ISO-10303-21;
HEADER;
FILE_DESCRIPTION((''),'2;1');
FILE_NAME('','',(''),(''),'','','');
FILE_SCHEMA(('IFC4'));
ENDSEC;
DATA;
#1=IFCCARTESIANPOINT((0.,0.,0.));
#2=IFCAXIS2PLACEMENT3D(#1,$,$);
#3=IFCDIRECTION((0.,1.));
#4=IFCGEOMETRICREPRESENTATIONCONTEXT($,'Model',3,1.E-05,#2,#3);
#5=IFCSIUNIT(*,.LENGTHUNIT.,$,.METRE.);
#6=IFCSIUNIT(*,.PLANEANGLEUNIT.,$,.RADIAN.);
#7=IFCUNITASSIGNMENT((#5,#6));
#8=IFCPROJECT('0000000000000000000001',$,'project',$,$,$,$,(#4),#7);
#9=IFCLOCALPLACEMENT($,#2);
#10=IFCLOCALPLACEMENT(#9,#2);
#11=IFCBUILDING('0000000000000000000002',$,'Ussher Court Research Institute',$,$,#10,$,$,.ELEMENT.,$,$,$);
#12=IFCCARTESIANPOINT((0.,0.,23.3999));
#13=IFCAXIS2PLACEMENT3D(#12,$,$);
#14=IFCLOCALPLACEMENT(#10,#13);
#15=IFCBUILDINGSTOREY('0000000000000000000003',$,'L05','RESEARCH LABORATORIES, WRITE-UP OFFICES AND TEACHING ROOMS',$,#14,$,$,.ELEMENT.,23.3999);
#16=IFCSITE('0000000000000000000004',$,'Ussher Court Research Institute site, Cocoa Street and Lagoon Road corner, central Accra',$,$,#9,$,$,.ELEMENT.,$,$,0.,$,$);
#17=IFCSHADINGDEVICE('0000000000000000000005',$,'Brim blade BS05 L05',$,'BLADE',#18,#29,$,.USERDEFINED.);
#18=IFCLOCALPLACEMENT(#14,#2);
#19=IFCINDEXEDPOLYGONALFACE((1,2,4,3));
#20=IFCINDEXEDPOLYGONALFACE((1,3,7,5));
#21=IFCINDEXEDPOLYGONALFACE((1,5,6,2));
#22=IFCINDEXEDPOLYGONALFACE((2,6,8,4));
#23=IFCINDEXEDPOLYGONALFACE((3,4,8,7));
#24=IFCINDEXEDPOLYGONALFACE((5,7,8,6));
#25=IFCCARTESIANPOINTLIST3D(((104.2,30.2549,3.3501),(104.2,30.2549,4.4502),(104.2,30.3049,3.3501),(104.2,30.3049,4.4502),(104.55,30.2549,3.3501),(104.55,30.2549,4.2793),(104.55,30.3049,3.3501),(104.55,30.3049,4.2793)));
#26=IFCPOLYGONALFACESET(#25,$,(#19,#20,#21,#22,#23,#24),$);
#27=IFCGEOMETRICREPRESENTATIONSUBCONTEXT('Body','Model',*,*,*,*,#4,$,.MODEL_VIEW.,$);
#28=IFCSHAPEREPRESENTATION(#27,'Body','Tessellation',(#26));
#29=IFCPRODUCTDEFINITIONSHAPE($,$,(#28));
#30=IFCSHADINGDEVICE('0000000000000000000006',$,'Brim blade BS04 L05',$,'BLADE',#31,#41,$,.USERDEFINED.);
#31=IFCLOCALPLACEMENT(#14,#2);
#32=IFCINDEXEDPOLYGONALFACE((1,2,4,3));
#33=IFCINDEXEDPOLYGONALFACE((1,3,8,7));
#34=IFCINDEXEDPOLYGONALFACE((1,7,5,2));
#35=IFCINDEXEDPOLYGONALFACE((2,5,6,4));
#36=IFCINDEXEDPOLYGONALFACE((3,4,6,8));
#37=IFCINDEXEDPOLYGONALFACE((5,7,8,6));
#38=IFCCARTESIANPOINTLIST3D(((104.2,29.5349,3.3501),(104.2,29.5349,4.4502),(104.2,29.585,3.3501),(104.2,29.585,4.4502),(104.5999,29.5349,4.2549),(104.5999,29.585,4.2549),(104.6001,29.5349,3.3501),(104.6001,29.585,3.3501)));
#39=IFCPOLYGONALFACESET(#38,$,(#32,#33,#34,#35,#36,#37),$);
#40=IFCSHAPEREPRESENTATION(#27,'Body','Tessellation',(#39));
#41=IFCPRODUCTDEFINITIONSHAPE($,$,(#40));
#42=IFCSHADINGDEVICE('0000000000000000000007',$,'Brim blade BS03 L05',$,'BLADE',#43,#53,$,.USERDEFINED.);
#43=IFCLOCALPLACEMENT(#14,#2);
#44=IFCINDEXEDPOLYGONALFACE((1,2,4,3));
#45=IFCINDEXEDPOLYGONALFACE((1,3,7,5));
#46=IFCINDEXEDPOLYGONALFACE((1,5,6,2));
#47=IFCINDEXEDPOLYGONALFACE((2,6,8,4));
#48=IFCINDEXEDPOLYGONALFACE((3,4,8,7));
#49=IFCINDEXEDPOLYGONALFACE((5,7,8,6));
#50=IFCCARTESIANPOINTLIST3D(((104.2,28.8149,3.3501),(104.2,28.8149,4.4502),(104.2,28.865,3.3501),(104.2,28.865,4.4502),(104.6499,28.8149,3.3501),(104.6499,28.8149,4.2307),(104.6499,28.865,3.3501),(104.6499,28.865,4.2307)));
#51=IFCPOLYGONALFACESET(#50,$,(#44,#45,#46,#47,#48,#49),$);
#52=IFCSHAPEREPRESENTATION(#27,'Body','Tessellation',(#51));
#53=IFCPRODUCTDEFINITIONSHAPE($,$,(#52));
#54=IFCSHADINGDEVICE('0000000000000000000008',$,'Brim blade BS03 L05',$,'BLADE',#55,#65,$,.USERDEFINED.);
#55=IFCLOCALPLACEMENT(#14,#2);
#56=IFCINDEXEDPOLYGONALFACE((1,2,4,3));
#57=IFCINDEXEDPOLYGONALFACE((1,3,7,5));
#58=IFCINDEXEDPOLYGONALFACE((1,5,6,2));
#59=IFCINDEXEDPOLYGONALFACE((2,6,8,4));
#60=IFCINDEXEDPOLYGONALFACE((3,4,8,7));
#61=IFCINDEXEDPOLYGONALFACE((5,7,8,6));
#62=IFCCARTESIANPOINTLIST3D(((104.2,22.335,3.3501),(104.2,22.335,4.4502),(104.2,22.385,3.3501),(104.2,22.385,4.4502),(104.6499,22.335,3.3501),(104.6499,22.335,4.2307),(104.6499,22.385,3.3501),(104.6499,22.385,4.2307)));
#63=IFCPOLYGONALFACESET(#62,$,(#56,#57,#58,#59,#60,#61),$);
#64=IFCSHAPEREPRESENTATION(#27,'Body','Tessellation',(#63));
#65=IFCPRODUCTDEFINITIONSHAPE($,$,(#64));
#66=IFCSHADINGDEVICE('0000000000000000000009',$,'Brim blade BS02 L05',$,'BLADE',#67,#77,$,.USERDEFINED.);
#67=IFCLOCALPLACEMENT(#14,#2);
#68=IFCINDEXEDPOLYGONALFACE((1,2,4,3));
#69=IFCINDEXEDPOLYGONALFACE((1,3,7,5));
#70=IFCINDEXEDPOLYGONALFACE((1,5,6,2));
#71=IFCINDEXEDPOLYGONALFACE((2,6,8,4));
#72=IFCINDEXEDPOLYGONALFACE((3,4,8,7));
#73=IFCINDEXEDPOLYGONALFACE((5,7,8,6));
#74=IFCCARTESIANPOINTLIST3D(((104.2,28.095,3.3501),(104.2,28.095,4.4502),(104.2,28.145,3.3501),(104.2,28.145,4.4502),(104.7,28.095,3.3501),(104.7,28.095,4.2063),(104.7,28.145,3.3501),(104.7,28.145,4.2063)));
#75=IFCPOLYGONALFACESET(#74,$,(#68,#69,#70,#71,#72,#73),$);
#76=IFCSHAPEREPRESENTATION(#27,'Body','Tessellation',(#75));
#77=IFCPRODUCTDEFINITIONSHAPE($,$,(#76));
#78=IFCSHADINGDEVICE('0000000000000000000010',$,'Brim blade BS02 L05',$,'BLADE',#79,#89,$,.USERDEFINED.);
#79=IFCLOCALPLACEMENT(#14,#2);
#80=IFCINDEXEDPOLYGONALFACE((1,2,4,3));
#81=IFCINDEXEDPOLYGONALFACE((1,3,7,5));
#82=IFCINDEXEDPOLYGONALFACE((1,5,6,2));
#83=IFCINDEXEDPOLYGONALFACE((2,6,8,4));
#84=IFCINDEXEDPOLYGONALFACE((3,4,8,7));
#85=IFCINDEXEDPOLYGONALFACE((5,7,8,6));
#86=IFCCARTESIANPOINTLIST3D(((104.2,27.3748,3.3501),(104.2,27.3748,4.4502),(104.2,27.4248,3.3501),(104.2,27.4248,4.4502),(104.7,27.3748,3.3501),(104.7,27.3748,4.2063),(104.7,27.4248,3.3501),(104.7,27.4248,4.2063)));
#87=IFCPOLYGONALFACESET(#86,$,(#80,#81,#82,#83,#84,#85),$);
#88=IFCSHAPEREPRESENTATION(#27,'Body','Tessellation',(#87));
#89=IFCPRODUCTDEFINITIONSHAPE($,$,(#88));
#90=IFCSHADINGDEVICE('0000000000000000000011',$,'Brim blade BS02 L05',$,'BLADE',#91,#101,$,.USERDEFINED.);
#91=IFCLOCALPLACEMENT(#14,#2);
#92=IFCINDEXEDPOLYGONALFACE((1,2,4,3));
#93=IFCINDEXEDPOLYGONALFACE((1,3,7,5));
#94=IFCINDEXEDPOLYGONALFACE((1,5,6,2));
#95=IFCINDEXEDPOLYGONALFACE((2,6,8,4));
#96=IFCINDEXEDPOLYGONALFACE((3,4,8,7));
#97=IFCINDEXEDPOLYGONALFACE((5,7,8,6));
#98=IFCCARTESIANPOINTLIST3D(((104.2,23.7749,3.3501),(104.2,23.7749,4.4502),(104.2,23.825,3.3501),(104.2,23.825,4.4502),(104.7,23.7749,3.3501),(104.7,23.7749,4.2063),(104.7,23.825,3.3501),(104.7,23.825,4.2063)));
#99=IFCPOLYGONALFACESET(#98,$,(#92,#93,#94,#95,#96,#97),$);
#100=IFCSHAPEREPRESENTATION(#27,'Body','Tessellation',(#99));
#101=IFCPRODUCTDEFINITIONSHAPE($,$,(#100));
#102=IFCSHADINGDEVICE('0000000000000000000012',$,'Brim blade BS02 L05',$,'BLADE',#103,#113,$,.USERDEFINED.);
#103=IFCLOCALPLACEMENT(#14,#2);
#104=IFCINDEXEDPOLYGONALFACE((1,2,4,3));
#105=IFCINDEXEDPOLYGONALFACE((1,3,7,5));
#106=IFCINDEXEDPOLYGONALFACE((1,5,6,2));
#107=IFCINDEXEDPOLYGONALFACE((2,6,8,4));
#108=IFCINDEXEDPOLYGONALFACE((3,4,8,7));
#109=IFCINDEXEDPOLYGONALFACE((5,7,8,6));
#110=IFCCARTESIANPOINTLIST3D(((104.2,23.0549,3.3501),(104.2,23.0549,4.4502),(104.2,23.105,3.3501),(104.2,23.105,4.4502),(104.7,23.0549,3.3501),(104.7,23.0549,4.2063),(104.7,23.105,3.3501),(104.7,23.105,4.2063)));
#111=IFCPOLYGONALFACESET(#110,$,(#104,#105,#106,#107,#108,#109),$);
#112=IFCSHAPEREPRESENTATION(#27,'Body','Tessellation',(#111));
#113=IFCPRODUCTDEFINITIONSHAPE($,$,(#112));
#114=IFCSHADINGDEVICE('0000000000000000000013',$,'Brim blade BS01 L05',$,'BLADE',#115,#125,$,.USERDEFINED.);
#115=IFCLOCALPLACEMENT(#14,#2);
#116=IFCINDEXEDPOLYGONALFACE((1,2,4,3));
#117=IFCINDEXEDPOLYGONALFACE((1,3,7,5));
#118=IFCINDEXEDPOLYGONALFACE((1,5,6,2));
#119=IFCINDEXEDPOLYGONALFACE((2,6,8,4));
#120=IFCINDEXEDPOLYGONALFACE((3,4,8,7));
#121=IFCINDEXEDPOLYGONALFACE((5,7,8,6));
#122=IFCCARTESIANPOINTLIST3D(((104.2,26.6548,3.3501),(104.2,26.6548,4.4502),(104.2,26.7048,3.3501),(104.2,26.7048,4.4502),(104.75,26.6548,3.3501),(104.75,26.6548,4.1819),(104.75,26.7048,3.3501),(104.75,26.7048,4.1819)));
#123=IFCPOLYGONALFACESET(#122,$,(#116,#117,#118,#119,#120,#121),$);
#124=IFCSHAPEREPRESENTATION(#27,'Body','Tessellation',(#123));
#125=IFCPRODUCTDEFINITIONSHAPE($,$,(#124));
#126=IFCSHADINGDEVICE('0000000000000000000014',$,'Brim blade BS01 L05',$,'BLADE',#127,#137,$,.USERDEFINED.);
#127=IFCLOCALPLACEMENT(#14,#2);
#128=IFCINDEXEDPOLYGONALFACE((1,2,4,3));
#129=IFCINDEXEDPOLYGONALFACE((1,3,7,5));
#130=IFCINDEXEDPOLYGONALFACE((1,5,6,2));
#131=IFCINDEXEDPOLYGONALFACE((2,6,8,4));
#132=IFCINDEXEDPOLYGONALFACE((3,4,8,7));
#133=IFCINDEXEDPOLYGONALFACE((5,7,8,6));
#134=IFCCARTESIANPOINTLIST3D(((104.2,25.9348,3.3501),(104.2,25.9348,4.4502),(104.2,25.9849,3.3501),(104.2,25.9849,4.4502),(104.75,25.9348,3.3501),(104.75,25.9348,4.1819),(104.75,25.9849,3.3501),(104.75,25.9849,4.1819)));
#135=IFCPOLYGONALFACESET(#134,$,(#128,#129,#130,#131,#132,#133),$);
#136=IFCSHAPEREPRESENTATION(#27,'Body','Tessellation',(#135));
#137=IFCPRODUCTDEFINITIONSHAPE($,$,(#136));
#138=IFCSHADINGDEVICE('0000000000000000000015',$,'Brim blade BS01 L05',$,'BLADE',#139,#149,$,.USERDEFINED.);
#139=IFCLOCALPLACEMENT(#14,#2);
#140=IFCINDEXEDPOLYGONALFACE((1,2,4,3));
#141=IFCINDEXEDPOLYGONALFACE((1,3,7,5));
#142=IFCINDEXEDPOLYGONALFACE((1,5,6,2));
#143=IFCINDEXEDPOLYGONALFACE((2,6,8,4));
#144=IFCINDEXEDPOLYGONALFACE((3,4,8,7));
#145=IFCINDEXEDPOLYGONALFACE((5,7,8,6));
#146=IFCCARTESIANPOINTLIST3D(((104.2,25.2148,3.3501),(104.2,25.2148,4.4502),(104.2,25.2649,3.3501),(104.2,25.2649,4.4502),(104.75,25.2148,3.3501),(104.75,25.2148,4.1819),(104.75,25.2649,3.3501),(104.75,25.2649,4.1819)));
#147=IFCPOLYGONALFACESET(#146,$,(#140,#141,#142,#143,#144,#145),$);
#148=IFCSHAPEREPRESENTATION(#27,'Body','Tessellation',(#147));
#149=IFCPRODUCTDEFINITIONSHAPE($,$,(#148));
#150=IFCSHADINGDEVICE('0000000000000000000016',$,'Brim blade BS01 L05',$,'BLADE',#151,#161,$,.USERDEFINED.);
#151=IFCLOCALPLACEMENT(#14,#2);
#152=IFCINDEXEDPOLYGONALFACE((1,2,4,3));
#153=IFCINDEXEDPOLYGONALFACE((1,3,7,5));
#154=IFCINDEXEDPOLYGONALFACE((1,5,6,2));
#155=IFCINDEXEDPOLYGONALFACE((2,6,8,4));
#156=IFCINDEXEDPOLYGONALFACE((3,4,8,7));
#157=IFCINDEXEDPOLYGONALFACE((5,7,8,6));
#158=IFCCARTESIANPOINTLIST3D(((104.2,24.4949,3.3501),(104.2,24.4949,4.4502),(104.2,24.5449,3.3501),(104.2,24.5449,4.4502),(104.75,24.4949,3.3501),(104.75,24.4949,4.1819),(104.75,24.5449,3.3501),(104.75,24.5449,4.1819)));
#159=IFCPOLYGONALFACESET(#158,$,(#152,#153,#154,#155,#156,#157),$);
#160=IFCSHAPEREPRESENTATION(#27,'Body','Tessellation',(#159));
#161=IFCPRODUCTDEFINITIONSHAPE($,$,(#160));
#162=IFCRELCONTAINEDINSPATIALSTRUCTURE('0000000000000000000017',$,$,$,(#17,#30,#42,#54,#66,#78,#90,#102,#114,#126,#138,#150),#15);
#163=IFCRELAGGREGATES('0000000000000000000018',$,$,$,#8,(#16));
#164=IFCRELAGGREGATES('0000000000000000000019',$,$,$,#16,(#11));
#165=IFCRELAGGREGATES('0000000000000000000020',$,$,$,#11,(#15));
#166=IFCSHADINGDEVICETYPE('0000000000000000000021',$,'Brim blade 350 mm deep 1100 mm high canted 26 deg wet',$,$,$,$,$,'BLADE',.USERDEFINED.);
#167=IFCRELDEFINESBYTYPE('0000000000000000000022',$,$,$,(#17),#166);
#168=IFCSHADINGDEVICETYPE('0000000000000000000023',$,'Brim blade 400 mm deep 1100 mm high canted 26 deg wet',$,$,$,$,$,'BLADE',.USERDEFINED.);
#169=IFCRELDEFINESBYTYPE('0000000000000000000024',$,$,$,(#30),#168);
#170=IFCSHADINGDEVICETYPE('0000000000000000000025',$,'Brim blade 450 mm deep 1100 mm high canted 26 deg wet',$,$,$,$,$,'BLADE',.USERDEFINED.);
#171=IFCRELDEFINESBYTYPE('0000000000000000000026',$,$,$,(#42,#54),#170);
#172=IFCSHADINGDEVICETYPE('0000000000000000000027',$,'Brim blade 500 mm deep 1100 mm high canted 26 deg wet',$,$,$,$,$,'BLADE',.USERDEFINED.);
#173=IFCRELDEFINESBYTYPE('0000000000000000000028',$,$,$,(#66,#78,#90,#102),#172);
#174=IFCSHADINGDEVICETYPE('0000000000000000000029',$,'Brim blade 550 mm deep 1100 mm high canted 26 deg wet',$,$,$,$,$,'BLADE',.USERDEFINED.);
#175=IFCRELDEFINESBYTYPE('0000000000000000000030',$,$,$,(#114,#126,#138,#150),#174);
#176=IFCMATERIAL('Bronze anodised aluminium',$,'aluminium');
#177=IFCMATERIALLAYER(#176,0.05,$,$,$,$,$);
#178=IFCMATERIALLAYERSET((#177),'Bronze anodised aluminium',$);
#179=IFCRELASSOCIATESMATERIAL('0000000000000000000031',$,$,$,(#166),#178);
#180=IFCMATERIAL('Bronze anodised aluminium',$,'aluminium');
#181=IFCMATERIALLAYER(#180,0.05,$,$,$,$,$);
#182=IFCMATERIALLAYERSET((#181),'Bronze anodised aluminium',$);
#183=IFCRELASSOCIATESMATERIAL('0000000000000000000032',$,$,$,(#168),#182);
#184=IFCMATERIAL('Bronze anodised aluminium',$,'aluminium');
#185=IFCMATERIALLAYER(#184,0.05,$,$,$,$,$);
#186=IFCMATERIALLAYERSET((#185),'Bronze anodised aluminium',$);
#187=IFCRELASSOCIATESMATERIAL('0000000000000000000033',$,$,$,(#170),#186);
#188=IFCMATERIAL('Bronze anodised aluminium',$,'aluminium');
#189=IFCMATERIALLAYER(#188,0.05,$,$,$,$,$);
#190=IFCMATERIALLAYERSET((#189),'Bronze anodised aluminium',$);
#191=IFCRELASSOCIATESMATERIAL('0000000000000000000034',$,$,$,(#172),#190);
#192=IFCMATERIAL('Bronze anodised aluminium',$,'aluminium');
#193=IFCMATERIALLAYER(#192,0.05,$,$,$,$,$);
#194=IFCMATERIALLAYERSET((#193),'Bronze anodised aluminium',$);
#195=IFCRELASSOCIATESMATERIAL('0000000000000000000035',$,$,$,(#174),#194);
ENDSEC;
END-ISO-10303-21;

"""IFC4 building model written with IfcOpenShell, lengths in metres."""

from ifc_helpers import new_model, si_unit, direction, frame, origin, place, context, subcontext, project, spatial, polyline, outline, extrude, material, layer, layer_set, type_object, element, save


model = new_model("IFC4")

# Units and contexts
model_context = context("Model", 3, precision=1e-05, world=origin(), true_north=direction((0.0, 1.0)))
body_context = subcontext(model_context, "Body", "Model", "MODEL_VIEW")
ifc_project = project(units=[si_unit("LENGTHUNIT", "METRE"), si_unit("PLANEANGLEUNIT", "RADIAN")], contexts=[model_context])

# Site, building, storey
site_placement = place(None, origin())
site = spatial("IfcSite", under=ifc_project, at=site_placement, Name="Ussher Court Research Institute site, Cocoa Street and Lagoon Road corner, central Accra", CompositionType="ELEMENT", RefElevation=0.0)
building_placement = place(site_placement, origin())
building = spatial("IfcBuilding", under=site, at=building_placement, Name="Ussher Court Research Institute", CompositionType="ELEMENT")
storey_placement = place(building_placement, frame((0.0, 0.0, 23.3999)))
storey = spatial("IfcBuildingStorey", under=building, at=storey_placement, Name="L05", Description="RESEARCH LABORATORIES, WRITE-UP OFFICES AND TEACHING ROOMS", CompositionType="ELEMENT", Elevation=23.3999)

# Shading devices
ifc_material_1 = material(Name="Bronze anodised aluminium", Category="aluminium")
ifc_layer_1 = layer(ifc_material_1, 0.05)
ifc_layer_set_1 = layer_set([ifc_layer_1], Name="Bronze anodised aluminium")
shading_device_type_1 = type_object("IfcShadingDeviceType", Name="Brim blade 350 mm deep 1100 mm high canted 26 deg wet", ElementType="BLADE", PredefinedType="USERDEFINED", material=ifc_layer_set_1)
shading_device_1_placement = place(storey_placement, frame((104.2, 30.28, 3.3501), z_axis=(0.0, 0.0, 1.0), x_axis=(1.0, 0.0, 0.0)))
element("IfcShadingDevice", 1, at=shading_device_1_placement, inside=storey, type_object=shading_device_type_1, Name="Brim blade BS05 L05", ObjectType="BLADE", PredefinedType="USERDEFINED", context=body_context, shape_type="SweptSolid", body=[
    extrude(outline(polyline([(0.0, 0.0), (0.3501, 0.0), (0.3501, 0.9292), (0.0, 1.1001), (0.0, 0.0)])), frame((0.0, 0.0249, 0.0), z_axis=(0.0, -1.0, 0.0), x_axis=(1.0, 0.0, 0.0)), (0.0, 0.0, 1.0), 0.05),
])
ifc_material_2 = material(Name="Bronze anodised aluminium", Category="aluminium")
ifc_layer_2 = layer(ifc_material_2, 0.05)
ifc_layer_set_2 = layer_set([ifc_layer_2], Name="Bronze anodised aluminium")
shading_device_type_2 = type_object("IfcShadingDeviceType", Name="Brim blade 400 mm deep 1100 mm high canted 26 deg wet", ElementType="BLADE", PredefinedType="USERDEFINED", material=ifc_layer_set_2)
shading_device_2_placement = place(storey_placement, frame((104.2, 29.5601, 3.3501), z_axis=(0.0, 0.0, 1.0), x_axis=(1.0, 0.0, 0.0)))
element("IfcShadingDevice", 2, at=shading_device_2_placement, inside=storey, type_object=shading_device_type_2, Name="Brim blade BS04 L05", ObjectType="BLADE", PredefinedType="USERDEFINED", context=body_context, shape_type="SweptSolid", body=[
    extrude(outline(polyline([(0.0, 0.0), (0.4001, 0.0), (0.3999, 0.9048), (0.0, 1.1001), (0.0, 0.0)])), frame((0.0, 0.0249, 0.0), z_axis=(0.0, -1.0, 0.0), x_axis=(1.0, 0.0, 0.0)), (0.0, 0.0, 1.0), 0.05),
])
ifc_material_3 = material(Name="Bronze anodised aluminium", Category="aluminium")
ifc_layer_3 = layer(ifc_material_3, 0.05)
ifc_layer_set_3 = layer_set([ifc_layer_3], Name="Bronze anodised aluminium")
shading_device_type_3 = type_object("IfcShadingDeviceType", Name="Brim blade 450 mm deep 1100 mm high canted 26 deg wet", ElementType="BLADE", PredefinedType="USERDEFINED", material=ifc_layer_set_3)
for number, where, z_axis, x_axis, name in (
    (3, (104.2, 28.8401, 3.3501), (0.0, 0.0, 1.0), (1.0, 0.0, 0.0), "Brim blade BS03 L05"),
    (4, (104.2, 22.3601, 3.3501), (0.0, 0.0, 1.0), (1.0, 0.0, 0.0), "Brim blade BS03 L05"),
):
    element("IfcShadingDevice", number, at=place(storey_placement, frame(where, z_axis=z_axis, x_axis=x_axis)), inside=storey, type_object=shading_device_type_3, Name=name, ObjectType="BLADE", PredefinedType="USERDEFINED", context=body_context, shape_type="SweptSolid", body=[
        extrude(outline(polyline([(0.0, 0.0), (0.45, 0.0), (0.45, 0.8806), (0.0, 1.1001), (0.0, 0.0)])), frame((0.0, 0.0249, 0.0), z_axis=(0.0, -1.0, 0.0), x_axis=(1.0, 0.0, 0.0)), (0.0, 0.0, 1.0), 0.05),
    ])
ifc_material_4 = material(Name="Bronze anodised aluminium", Category="aluminium")
ifc_layer_4 = layer(ifc_material_4, 0.05)
ifc_layer_set_4 = layer_set([ifc_layer_4], Name="Bronze anodised aluminium")
shading_device_type_4 = type_object("IfcShadingDeviceType", Name="Brim blade 500 mm deep 1100 mm high canted 26 deg wet", ElementType="BLADE", PredefinedType="USERDEFINED", material=ifc_layer_set_4)
for number, where, z_axis, x_axis, name in (
    (5, (104.2, 28.1201, 3.3501), (0.0, 0.0, 1.0), (1.0, 0.0, 0.0), "Brim blade BS02 L05"),
    (6, (104.2, 27.3999, 3.3501), (0.0, 0.0, 1.0), (1.0, 0.0, 0.0), "Brim blade BS02 L05"),
    (7, (104.2, 23.8, 3.3501), (0.0, 0.0, 1.0), (1.0, 0.0, 0.0), "Brim blade BS02 L05"),
    (8, (104.2, 23.0801, 3.3501), (0.0, 0.0, 1.0), (1.0, 0.0, 0.0), "Brim blade BS02 L05"),
):
    element("IfcShadingDevice", number, at=place(storey_placement, frame(where, z_axis=z_axis, x_axis=x_axis)), inside=storey, type_object=shading_device_type_4, Name=name, ObjectType="BLADE", PredefinedType="USERDEFINED", context=body_context, shape_type="SweptSolid", body=[
        extrude(outline(polyline([(0.0, 0.0), (0.5, 0.0), (0.5, 0.8562), (0.0, 1.1001), (0.0, 0.0)])), frame((0.0, 0.0249, 0.0), z_axis=(0.0, -1.0, 0.0), x_axis=(1.0, 0.0, 0.0)), (0.0, 0.0, 1.0), 0.05),
    ])
ifc_material_5 = material(Name="Bronze anodised aluminium", Category="aluminium")
ifc_layer_5 = layer(ifc_material_5, 0.05)
ifc_layer_set_5 = layer_set([ifc_layer_5], Name="Bronze anodised aluminium")
shading_device_type_5 = type_object("IfcShadingDeviceType", Name="Brim blade 550 mm deep 1100 mm high canted 26 deg wet", ElementType="BLADE", PredefinedType="USERDEFINED", material=ifc_layer_set_5)
for number, where, z_axis, x_axis, name in (
    (9, (104.2, 26.6799, 3.3501), (0.0, 0.0, 1.0), (1.0, 0.0, 0.0), "Brim blade BS01 L05"),
    (10, (104.2, 25.96, 3.3501), (0.0, 0.0, 1.0), (1.0, 0.0, 0.0), "Brim blade BS01 L05"),
    (11, (104.2, 25.24, 3.3501), (0.0, 0.0, 1.0), (1.0, 0.0, 0.0), "Brim blade BS01 L05"),
    (12, (104.2, 24.52, 3.3501), (0.0, 0.0, 1.0), (1.0, 0.0, 0.0), "Brim blade BS01 L05"),
):
    element("IfcShadingDevice", number, at=place(storey_placement, frame(where, z_axis=z_axis, x_axis=x_axis)), inside=storey, type_object=shading_device_type_5, Name=name, ObjectType="BLADE", PredefinedType="USERDEFINED", context=body_context, shape_type="SweptSolid", body=[
        extrude(outline(polyline([(0.0, 0.0), (0.55, 0.0), (0.55, 0.8318), (0.0, 1.1001), (0.0, 0.0)])), frame((0.0, 0.0249, 0.0), z_axis=(0.0, -1.0, 0.0), x_axis=(1.0, 0.0, 0.0)), (0.0, 0.0, 1.0), 0.05),
    ])

save(model, "model.ifc")
